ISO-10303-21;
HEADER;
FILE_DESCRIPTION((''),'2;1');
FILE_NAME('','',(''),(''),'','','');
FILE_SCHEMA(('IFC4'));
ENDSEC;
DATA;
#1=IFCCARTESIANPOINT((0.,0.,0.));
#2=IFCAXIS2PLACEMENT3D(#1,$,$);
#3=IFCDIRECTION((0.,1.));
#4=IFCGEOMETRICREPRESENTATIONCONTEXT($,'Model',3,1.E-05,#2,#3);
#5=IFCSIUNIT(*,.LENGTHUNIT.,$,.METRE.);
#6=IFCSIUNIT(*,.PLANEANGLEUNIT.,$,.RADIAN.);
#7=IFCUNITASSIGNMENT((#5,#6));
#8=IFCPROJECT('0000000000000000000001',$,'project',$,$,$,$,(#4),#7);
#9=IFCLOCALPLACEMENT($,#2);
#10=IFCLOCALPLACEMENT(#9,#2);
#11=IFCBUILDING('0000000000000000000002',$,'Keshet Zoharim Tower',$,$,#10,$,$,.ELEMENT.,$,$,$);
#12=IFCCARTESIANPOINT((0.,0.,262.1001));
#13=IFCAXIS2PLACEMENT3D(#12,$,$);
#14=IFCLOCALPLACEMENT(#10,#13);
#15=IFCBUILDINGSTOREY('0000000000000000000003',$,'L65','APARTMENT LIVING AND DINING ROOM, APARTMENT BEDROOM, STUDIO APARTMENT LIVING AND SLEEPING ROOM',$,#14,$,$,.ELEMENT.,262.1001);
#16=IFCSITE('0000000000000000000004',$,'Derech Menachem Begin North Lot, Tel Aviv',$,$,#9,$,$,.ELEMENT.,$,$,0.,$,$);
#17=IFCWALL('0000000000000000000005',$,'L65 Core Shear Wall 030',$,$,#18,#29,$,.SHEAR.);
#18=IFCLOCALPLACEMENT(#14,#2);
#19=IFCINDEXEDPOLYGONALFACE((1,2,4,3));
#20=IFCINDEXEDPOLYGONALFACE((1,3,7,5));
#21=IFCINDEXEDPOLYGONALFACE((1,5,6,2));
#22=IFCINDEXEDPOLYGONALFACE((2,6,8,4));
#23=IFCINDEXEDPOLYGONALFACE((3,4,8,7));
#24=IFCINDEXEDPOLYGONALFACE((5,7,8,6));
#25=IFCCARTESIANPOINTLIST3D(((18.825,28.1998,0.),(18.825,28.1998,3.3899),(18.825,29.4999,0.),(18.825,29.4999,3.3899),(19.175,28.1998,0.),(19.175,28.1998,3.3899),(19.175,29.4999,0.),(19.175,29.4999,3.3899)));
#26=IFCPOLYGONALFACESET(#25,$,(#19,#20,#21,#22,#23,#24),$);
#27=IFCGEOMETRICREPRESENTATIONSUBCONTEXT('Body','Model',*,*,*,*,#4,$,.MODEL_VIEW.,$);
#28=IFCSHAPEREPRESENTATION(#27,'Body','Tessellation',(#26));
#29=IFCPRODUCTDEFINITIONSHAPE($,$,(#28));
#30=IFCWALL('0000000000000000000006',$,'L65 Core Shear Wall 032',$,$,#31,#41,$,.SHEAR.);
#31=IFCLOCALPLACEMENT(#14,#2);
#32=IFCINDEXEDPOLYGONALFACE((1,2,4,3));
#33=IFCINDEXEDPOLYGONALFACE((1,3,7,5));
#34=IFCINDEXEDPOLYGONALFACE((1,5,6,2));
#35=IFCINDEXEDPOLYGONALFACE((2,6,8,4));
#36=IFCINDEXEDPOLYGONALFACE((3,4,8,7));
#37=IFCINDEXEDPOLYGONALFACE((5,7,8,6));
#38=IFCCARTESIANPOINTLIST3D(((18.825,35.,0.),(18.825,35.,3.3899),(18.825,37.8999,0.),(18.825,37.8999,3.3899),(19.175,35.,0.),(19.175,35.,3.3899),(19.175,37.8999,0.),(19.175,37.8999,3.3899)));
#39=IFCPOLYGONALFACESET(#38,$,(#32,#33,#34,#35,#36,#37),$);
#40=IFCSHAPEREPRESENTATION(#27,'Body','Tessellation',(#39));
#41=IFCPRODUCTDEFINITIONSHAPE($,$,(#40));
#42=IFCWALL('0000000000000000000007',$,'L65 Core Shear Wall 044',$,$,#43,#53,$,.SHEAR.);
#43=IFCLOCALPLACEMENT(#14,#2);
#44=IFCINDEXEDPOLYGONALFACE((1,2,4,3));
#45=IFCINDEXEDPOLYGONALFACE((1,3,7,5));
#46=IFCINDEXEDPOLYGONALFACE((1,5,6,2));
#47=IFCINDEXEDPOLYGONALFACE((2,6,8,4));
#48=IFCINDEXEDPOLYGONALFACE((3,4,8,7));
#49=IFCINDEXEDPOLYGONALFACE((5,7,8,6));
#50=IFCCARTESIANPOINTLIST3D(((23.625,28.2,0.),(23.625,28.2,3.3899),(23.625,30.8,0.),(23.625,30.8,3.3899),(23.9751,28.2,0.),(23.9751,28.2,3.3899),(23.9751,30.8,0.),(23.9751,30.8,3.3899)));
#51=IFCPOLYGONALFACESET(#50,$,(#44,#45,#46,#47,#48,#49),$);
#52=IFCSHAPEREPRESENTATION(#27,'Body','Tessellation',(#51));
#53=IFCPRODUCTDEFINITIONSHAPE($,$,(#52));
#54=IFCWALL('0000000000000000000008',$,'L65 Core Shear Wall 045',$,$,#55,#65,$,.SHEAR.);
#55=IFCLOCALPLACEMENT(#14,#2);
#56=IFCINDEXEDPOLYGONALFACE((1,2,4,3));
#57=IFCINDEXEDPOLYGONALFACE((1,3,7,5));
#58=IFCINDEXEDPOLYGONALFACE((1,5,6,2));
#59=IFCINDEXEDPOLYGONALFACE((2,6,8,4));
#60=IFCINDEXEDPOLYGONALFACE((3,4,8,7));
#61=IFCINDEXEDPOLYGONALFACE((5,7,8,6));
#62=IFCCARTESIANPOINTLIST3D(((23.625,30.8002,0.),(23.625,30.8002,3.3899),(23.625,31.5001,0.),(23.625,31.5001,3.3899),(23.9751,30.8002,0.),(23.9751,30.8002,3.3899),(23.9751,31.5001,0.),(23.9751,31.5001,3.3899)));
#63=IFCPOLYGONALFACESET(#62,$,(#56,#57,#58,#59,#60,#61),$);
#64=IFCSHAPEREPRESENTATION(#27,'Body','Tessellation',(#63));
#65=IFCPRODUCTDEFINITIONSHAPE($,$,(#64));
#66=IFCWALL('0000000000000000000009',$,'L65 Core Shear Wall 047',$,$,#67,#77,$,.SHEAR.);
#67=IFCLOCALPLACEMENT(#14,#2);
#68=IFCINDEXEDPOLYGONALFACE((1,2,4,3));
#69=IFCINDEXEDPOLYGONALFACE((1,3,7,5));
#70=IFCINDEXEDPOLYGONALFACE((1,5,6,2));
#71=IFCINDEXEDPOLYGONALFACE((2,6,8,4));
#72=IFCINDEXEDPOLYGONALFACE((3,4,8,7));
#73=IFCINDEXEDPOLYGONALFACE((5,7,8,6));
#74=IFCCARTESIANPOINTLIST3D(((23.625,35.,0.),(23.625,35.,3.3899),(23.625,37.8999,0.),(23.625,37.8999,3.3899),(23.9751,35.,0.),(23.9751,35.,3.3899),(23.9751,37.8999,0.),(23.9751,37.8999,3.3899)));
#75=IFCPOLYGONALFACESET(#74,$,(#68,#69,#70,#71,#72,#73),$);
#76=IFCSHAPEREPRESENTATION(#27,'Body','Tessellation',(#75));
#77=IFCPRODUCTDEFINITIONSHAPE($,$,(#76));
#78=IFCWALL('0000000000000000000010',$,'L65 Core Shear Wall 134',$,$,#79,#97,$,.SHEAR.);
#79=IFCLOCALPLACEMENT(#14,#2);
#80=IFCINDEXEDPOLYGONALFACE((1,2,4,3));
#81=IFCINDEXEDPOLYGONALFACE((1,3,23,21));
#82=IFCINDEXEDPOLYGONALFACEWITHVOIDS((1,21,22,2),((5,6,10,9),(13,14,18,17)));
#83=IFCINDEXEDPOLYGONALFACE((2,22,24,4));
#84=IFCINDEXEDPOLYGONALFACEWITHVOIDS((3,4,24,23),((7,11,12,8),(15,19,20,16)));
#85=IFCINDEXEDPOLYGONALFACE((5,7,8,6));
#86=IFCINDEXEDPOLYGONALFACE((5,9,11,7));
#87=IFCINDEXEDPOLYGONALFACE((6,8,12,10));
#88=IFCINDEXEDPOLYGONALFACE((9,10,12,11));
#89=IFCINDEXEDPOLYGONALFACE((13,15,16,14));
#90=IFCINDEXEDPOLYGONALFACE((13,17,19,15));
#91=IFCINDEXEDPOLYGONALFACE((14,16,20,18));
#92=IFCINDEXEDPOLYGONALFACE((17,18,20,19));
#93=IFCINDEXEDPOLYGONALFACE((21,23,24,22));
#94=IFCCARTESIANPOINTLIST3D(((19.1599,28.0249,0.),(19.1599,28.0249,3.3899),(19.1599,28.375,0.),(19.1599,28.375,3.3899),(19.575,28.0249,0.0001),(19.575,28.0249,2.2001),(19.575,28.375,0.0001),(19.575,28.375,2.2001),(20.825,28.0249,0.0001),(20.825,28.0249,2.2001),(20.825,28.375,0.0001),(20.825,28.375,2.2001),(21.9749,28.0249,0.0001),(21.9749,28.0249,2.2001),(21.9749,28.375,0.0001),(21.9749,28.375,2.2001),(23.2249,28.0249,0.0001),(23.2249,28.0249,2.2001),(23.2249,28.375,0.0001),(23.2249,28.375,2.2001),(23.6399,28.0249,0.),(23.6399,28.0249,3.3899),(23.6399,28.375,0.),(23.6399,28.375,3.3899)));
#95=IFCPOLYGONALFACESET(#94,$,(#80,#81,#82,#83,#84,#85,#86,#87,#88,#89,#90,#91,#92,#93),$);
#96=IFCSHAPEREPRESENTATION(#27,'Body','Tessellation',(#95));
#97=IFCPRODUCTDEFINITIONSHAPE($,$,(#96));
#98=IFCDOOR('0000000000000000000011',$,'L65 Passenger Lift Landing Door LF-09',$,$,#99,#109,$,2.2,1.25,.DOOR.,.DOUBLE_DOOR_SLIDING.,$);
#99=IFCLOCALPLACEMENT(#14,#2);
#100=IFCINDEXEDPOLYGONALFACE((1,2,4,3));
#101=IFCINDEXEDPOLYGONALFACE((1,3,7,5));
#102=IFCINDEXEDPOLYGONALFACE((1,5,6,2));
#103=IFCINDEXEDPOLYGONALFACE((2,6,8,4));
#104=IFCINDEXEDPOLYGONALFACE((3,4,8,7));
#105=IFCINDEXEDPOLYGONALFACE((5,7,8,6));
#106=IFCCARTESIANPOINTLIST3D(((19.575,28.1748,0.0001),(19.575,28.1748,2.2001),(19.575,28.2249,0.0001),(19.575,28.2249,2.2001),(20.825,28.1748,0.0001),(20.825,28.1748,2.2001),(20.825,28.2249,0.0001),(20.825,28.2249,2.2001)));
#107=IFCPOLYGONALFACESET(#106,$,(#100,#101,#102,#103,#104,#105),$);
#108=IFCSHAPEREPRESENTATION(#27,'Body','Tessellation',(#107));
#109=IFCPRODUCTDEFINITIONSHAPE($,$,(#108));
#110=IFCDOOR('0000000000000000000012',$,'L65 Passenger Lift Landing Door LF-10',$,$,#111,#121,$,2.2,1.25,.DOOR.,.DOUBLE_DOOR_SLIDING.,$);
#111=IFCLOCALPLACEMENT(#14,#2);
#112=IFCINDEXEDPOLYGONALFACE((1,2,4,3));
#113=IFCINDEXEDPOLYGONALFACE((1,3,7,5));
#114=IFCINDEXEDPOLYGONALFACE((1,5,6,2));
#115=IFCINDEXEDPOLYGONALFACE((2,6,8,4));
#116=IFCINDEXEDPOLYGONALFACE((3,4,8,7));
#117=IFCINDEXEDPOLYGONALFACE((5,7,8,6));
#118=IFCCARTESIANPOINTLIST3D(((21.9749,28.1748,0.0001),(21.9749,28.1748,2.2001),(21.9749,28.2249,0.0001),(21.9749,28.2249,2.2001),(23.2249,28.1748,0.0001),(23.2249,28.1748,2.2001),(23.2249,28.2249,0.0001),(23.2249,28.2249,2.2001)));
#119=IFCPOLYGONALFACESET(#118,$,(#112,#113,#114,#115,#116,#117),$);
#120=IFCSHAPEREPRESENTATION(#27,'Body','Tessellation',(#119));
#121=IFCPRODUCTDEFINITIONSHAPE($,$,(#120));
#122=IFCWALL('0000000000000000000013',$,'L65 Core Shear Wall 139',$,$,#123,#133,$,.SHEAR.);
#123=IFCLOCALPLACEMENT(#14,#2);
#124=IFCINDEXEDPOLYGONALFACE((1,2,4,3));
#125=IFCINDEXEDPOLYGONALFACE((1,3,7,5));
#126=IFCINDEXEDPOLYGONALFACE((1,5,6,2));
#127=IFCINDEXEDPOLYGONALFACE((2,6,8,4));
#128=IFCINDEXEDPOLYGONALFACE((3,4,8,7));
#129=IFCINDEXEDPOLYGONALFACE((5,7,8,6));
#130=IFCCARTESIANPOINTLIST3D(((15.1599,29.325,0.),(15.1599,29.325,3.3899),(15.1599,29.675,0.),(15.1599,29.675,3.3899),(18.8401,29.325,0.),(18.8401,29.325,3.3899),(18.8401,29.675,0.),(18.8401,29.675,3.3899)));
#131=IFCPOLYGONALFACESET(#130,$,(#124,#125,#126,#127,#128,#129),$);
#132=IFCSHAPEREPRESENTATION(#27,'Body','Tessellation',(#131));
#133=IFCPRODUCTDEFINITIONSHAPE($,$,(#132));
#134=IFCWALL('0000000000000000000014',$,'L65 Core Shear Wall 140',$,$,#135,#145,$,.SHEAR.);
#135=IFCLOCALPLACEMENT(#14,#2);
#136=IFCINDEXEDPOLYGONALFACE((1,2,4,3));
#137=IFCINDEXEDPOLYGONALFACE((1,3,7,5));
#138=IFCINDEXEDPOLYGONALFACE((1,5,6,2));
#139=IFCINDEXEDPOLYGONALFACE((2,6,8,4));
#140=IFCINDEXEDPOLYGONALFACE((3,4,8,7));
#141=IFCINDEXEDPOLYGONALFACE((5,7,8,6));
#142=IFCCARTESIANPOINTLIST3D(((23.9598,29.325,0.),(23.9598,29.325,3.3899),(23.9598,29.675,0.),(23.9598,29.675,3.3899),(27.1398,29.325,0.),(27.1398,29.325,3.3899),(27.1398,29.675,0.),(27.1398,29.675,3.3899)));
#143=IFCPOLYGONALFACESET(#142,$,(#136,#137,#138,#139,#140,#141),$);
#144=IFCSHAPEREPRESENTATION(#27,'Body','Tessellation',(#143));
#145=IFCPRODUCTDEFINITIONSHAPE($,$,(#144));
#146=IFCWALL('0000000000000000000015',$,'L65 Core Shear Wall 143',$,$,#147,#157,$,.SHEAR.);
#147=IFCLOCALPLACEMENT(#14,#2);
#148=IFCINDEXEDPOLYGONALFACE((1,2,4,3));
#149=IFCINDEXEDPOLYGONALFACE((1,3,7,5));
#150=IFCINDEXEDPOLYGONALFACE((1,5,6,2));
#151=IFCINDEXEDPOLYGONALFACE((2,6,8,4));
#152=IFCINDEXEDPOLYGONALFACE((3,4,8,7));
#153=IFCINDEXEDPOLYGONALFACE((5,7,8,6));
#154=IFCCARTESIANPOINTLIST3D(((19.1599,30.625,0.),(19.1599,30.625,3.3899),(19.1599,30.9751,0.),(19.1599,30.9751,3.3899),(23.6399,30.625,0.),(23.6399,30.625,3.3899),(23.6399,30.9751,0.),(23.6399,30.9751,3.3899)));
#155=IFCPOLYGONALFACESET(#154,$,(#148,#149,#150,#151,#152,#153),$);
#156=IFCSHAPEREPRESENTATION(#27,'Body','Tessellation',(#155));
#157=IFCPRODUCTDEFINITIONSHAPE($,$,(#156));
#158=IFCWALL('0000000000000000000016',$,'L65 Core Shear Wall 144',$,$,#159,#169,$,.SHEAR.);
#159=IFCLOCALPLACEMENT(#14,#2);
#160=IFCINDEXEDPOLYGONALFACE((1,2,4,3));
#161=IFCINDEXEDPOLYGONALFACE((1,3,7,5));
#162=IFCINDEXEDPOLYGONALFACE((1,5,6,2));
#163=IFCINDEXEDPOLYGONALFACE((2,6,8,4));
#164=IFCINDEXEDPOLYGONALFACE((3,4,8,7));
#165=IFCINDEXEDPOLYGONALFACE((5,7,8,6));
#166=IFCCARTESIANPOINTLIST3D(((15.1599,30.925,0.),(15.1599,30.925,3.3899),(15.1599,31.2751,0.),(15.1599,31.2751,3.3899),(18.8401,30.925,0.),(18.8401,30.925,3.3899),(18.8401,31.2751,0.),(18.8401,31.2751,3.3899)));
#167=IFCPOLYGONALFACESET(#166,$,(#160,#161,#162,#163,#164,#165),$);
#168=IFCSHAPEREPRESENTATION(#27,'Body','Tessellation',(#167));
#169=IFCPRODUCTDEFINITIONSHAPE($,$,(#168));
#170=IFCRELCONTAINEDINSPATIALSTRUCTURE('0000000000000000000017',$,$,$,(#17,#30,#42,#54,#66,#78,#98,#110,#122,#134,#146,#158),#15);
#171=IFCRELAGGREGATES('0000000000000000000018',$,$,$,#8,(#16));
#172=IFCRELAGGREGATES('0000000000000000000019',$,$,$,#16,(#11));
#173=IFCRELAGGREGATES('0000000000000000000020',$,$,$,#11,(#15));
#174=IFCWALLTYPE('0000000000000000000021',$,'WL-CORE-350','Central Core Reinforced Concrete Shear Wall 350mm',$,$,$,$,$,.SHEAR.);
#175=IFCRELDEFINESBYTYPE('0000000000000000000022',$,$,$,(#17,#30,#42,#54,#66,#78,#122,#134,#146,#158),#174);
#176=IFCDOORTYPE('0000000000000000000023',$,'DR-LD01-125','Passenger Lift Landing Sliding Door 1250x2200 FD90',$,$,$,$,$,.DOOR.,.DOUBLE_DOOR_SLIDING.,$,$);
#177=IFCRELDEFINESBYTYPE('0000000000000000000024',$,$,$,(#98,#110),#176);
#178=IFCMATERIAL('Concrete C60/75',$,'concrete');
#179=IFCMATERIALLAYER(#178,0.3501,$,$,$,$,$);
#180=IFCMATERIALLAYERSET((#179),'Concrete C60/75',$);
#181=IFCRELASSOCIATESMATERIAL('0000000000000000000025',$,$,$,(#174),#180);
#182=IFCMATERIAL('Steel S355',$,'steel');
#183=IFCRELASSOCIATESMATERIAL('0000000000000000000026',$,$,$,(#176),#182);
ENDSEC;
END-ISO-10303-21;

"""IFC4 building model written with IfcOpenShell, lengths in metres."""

from ifc_helpers import new_model, si_unit, direction, frame, frame_2d, origin, place, context, subcontext, project, spatial, rectangle, extrude, material, layer, layer_set, type_object, element, fill, save


model = new_model("IFC4")

# Units and contexts
model_context = context("Model", 3, precision=1e-05, world=origin(), true_north=direction((0.0, 1.0)))
body_context = subcontext(model_context, "Body", "Model", "MODEL_VIEW")
ifc_project = project(units=[si_unit("LENGTHUNIT", "METRE"), si_unit("PLANEANGLEUNIT", "RADIAN")], contexts=[model_context])

# Site, building, storey
site_placement = place(None, origin())
site = spatial("IfcSite", under=ifc_project, at=site_placement, Name="Derech Menachem Begin North Lot, Tel Aviv", CompositionType="ELEMENT", RefElevation=0.0)
building_placement = place(site_placement, origin())
building = spatial("IfcBuilding", under=site, at=building_placement, Name="Keshet Zoharim Tower", CompositionType="ELEMENT")
storey_placement = place(building_placement, frame((0.0, 0.0, 262.1001)))
storey = spatial("IfcBuildingStorey", under=building, at=storey_placement, Name="L65", Description="APARTMENT LIVING AND DINING ROOM, APARTMENT BEDROOM, STUDIO APARTMENT LIVING AND SLEEPING ROOM", CompositionType="ELEMENT", Elevation=262.1001)

# Wall
ifc_material_1 = material(Name="Concrete C60/75", Category="concrete")
ifc_layer_1 = layer(ifc_material_1, 0.3501)
ifc_layer_set_1 = layer_set([ifc_layer_1], Name="Concrete C60/75")
wall_type_1 = type_object("IfcWallType", Name="WL-CORE-350", Description="Central Core Reinforced Concrete Shear Wall 350mm", PredefinedType="SHEAR", material=ifc_layer_set_1)
wall_1_placement = place(storey_placement, frame((19.0, 28.2, 0.0), z_axis=(0.0, 0.0, 1.0), x_axis=(0.0, 1.0, 0.0)))
element("IfcWall", 1, at=wall_1_placement, inside=storey, type_object=wall_type_1, Name="L65 Core Shear Wall 030", PredefinedType="SHEAR", context=body_context, shape_type="SweptSolid", body=[
    extrude(rectangle(XDim=1.3, YDim=0.3501, at=frame_2d((0.6499, 0.0))), origin(), (0.0, 0.0, 1.0), 3.3899),
])

# Walls
wall_2_placement = place(storey_placement, frame((19.0, 35.0, 0.0), z_axis=(0.0, 0.0, 1.0), x_axis=(0.0, 1.0, 0.0)))
element("IfcWall", 2, at=wall_2_placement, inside=storey, type_object=wall_type_1, Name="L65 Core Shear Wall 032", PredefinedType="SHEAR", context=body_context, shape_type="SweptSolid", body=[
    extrude(rectangle(XDim=2.8999, YDim=0.3501, at=frame_2d((1.45, 0.0))), origin(), (0.0, 0.0, 1.0), 3.3899),
])
wall_3_placement = place(storey_placement, frame((23.8, 28.2, 0.0), z_axis=(0.0, 0.0, 1.0), x_axis=(0.0, 1.0, 0.0)))
element("IfcWall", 3, at=wall_3_placement, inside=storey, type_object=wall_type_1, Name="L65 Core Shear Wall 044", PredefinedType="SHEAR", context=body_context, shape_type="SweptSolid", body=[
    extrude(rectangle(XDim=2.6001, YDim=0.3501, at=frame_2d((1.3, 0.0))), origin(), (0.0, 0.0, 1.0), 3.3899),
])
wall_4_placement = place(storey_placement, frame((23.8, 30.8, 0.0), z_axis=(0.0, 0.0, 1.0), x_axis=(0.0, 1.0, 0.0)))
element("IfcWall", 4, at=wall_4_placement, inside=storey, type_object=wall_type_1, Name="L65 Core Shear Wall 045", PredefinedType="SHEAR", context=body_context, shape_type="SweptSolid", body=[
    extrude(rectangle(XDim=0.7, YDim=0.3501, at=frame_2d((0.3501, 0.0))), origin(), (0.0, 0.0, 1.0), 3.3899),
])

# Wall
wall_5_placement = place(storey_placement, frame((23.8, 35.0, 0.0), z_axis=(0.0, 0.0, 1.0), x_axis=(0.0, 1.0, 0.0)))
element("IfcWall", 5, at=wall_5_placement, inside=storey, type_object=wall_type_1, Name="L65 Core Shear Wall 047", PredefinedType="SHEAR", context=body_context, shape_type="SweptSolid", body=[
    extrude(rectangle(XDim=2.8999, YDim=0.3501, at=frame_2d((1.45, 0.0))), origin(), (0.0, 0.0, 1.0), 3.3899),
])

# Wall, openings, doors
wall_6_placement = place(storey_placement, frame((19.1599, 28.2, 0.0), z_axis=(0.0, 0.0, 1.0), x_axis=(1.0, 0.0, 0.0)))
wall_6 = element("IfcWall", 6, at=wall_6_placement, inside=storey, type_object=wall_type_1, Name="L65 Core Shear Wall 134", PredefinedType="SHEAR", context=body_context, shape_type="SweptSolid", body=[
    extrude(rectangle(XDim=4.48, YDim=0.3501, at=frame_2d((2.24, 0.0))), origin(), (0.0, 0.0, 1.0), 3.3899),
])
opening_1_placement = place(wall_6_placement, frame((0.415, 0.0, 0.0)))
opening_1 = element("IfcOpeningElement", 7, at=opening_1_placement, cuts=wall_6, PredefinedType="OPENING", context=body_context, shape_type="SweptSolid", body=[
    extrude(rectangle(XDim=1.25, YDim=2.2, at=frame_2d((0.625, 1.1001))), frame((0.0, 0.1851, 0.0), z_axis=(0.0, -1.0, 0.0), x_axis=(1.0, 0.0, 0.0)), (0.0, 0.0, 1.0), 0.3701),
])
opening_2_placement = place(wall_6_placement, frame((2.8149, 0.0, 0.0)))
opening_2 = element("IfcOpeningElement", 8, at=opening_2_placement, cuts=wall_6, PredefinedType="OPENING", context=body_context, shape_type="SweptSolid", body=[
    extrude(rectangle(XDim=1.25, YDim=2.2, at=frame_2d((0.625, 1.1001))), frame((0.0, 0.1851, 0.0), z_axis=(0.0, -1.0, 0.0), x_axis=(1.0, 0.0, 0.0)), (0.0, 0.0, 1.0), 0.3701),
])
ifc_material_2 = material(Name="Steel S355", Category="steel")
door_type_1 = type_object("IfcDoorType", Name="DR-LD01-125", Description="Passenger Lift Landing Sliding Door 1250x2200 FD90", OperationType="DOUBLE_DOOR_SLIDING", PredefinedType="DOOR", material=ifc_material_2)
door_1_placement = place(opening_1_placement, origin())
door_1 = element("IfcDoor", 9, at=door_1_placement, inside=storey, type_object=door_type_1, Name="L65 Passenger Lift Landing Door LF-09", OperationType="DOUBLE_DOOR_SLIDING", OverallHeight=2.2, OverallWidth=1.25, PredefinedType="DOOR", context=body_context, shape_type="SweptSolid", body=[
    extrude(rectangle(XDim=1.25, YDim=2.2, at=frame_2d((0.625, 1.1001))), frame((0.0, 0.0249, 0.0), z_axis=(0.0, -1.0, 0.0), x_axis=(1.0, 0.0, 0.0)), (0.0, 0.0, 1.0), 0.05),
])
fill(opening_1, door_1)
door_2_placement = place(opening_2_placement, origin())
door_2 = element("IfcDoor", 10, at=door_2_placement, inside=storey, type_object=door_type_1, Name="L65 Passenger Lift Landing Door LF-10", OperationType="DOUBLE_DOOR_SLIDING", OverallHeight=2.2, OverallWidth=1.25, PredefinedType="DOOR", context=body_context, shape_type="SweptSolid", body=[
    extrude(rectangle(XDim=1.25, YDim=2.2, at=frame_2d((0.625, 1.1001))), frame((0.0, 0.0249, 0.0), z_axis=(0.0, -1.0, 0.0), x_axis=(1.0, 0.0, 0.0)), (0.0, 0.0, 1.0), 0.05),
])
fill(opening_2, door_2)

# Walls
wall_7_placement = place(storey_placement, frame((15.1599, 29.5, 0.0), z_axis=(0.0, 0.0, 1.0), x_axis=(1.0, 0.0, 0.0)))
element("IfcWall", 11, at=wall_7_placement, inside=storey, type_object=wall_type_1, Name="L65 Core Shear Wall 139", PredefinedType="SHEAR", context=body_context, shape_type="SweptSolid", body=[
    extrude(rectangle(XDim=3.6802, YDim=0.3501, at=frame_2d((1.8401, 0.0))), origin(), (0.0, 0.0, 1.0), 3.3899),
])
wall_8_placement = place(storey_placement, frame((23.96, 29.5, 0.0), z_axis=(0.0, 0.0, 1.0), x_axis=(1.0, 0.0, 0.0)))
element("IfcWall", 12, at=wall_8_placement, inside=storey, type_object=wall_type_1, Name="L65 Core Shear Wall 140", PredefinedType="SHEAR", context=body_context, shape_type="SweptSolid", body=[
    extrude(rectangle(XDim=3.1799, YDim=0.3501, at=frame_2d((1.5898, 0.0))), origin(), (0.0, 0.0, 1.0), 3.3899),
])
wall_9_placement = place(storey_placement, frame((19.1599, 30.8, 0.0), z_axis=(0.0, 0.0, 1.0), x_axis=(1.0, 0.0, 0.0)))
element("IfcWall", 13, at=wall_9_placement, inside=storey, type_object=wall_type_1, Name="L65 Core Shear Wall 143", PredefinedType="SHEAR", context=body_context, shape_type="SweptSolid", body=[
    extrude(rectangle(XDim=4.48, YDim=0.3501, at=frame_2d((2.24, 0.0))), origin(), (0.0, 0.0, 1.0), 3.3899),
])
wall_10_placement = place(storey_placement, frame((15.1599, 31.1001, 0.0), z_axis=(0.0, 0.0, 1.0), x_axis=(1.0, 0.0, 0.0)))
element("IfcWall", 14, at=wall_10_placement, inside=storey, type_object=wall_type_1, Name="L65 Core Shear Wall 144", PredefinedType="SHEAR", context=body_context, shape_type="SweptSolid", body=[
    extrude(rectangle(XDim=3.6802, YDim=0.3501, at=frame_2d((1.8401, 0.0))), origin(), (0.0, 0.0, 1.0), 3.3899),
])

save(model, "model.ifc")
